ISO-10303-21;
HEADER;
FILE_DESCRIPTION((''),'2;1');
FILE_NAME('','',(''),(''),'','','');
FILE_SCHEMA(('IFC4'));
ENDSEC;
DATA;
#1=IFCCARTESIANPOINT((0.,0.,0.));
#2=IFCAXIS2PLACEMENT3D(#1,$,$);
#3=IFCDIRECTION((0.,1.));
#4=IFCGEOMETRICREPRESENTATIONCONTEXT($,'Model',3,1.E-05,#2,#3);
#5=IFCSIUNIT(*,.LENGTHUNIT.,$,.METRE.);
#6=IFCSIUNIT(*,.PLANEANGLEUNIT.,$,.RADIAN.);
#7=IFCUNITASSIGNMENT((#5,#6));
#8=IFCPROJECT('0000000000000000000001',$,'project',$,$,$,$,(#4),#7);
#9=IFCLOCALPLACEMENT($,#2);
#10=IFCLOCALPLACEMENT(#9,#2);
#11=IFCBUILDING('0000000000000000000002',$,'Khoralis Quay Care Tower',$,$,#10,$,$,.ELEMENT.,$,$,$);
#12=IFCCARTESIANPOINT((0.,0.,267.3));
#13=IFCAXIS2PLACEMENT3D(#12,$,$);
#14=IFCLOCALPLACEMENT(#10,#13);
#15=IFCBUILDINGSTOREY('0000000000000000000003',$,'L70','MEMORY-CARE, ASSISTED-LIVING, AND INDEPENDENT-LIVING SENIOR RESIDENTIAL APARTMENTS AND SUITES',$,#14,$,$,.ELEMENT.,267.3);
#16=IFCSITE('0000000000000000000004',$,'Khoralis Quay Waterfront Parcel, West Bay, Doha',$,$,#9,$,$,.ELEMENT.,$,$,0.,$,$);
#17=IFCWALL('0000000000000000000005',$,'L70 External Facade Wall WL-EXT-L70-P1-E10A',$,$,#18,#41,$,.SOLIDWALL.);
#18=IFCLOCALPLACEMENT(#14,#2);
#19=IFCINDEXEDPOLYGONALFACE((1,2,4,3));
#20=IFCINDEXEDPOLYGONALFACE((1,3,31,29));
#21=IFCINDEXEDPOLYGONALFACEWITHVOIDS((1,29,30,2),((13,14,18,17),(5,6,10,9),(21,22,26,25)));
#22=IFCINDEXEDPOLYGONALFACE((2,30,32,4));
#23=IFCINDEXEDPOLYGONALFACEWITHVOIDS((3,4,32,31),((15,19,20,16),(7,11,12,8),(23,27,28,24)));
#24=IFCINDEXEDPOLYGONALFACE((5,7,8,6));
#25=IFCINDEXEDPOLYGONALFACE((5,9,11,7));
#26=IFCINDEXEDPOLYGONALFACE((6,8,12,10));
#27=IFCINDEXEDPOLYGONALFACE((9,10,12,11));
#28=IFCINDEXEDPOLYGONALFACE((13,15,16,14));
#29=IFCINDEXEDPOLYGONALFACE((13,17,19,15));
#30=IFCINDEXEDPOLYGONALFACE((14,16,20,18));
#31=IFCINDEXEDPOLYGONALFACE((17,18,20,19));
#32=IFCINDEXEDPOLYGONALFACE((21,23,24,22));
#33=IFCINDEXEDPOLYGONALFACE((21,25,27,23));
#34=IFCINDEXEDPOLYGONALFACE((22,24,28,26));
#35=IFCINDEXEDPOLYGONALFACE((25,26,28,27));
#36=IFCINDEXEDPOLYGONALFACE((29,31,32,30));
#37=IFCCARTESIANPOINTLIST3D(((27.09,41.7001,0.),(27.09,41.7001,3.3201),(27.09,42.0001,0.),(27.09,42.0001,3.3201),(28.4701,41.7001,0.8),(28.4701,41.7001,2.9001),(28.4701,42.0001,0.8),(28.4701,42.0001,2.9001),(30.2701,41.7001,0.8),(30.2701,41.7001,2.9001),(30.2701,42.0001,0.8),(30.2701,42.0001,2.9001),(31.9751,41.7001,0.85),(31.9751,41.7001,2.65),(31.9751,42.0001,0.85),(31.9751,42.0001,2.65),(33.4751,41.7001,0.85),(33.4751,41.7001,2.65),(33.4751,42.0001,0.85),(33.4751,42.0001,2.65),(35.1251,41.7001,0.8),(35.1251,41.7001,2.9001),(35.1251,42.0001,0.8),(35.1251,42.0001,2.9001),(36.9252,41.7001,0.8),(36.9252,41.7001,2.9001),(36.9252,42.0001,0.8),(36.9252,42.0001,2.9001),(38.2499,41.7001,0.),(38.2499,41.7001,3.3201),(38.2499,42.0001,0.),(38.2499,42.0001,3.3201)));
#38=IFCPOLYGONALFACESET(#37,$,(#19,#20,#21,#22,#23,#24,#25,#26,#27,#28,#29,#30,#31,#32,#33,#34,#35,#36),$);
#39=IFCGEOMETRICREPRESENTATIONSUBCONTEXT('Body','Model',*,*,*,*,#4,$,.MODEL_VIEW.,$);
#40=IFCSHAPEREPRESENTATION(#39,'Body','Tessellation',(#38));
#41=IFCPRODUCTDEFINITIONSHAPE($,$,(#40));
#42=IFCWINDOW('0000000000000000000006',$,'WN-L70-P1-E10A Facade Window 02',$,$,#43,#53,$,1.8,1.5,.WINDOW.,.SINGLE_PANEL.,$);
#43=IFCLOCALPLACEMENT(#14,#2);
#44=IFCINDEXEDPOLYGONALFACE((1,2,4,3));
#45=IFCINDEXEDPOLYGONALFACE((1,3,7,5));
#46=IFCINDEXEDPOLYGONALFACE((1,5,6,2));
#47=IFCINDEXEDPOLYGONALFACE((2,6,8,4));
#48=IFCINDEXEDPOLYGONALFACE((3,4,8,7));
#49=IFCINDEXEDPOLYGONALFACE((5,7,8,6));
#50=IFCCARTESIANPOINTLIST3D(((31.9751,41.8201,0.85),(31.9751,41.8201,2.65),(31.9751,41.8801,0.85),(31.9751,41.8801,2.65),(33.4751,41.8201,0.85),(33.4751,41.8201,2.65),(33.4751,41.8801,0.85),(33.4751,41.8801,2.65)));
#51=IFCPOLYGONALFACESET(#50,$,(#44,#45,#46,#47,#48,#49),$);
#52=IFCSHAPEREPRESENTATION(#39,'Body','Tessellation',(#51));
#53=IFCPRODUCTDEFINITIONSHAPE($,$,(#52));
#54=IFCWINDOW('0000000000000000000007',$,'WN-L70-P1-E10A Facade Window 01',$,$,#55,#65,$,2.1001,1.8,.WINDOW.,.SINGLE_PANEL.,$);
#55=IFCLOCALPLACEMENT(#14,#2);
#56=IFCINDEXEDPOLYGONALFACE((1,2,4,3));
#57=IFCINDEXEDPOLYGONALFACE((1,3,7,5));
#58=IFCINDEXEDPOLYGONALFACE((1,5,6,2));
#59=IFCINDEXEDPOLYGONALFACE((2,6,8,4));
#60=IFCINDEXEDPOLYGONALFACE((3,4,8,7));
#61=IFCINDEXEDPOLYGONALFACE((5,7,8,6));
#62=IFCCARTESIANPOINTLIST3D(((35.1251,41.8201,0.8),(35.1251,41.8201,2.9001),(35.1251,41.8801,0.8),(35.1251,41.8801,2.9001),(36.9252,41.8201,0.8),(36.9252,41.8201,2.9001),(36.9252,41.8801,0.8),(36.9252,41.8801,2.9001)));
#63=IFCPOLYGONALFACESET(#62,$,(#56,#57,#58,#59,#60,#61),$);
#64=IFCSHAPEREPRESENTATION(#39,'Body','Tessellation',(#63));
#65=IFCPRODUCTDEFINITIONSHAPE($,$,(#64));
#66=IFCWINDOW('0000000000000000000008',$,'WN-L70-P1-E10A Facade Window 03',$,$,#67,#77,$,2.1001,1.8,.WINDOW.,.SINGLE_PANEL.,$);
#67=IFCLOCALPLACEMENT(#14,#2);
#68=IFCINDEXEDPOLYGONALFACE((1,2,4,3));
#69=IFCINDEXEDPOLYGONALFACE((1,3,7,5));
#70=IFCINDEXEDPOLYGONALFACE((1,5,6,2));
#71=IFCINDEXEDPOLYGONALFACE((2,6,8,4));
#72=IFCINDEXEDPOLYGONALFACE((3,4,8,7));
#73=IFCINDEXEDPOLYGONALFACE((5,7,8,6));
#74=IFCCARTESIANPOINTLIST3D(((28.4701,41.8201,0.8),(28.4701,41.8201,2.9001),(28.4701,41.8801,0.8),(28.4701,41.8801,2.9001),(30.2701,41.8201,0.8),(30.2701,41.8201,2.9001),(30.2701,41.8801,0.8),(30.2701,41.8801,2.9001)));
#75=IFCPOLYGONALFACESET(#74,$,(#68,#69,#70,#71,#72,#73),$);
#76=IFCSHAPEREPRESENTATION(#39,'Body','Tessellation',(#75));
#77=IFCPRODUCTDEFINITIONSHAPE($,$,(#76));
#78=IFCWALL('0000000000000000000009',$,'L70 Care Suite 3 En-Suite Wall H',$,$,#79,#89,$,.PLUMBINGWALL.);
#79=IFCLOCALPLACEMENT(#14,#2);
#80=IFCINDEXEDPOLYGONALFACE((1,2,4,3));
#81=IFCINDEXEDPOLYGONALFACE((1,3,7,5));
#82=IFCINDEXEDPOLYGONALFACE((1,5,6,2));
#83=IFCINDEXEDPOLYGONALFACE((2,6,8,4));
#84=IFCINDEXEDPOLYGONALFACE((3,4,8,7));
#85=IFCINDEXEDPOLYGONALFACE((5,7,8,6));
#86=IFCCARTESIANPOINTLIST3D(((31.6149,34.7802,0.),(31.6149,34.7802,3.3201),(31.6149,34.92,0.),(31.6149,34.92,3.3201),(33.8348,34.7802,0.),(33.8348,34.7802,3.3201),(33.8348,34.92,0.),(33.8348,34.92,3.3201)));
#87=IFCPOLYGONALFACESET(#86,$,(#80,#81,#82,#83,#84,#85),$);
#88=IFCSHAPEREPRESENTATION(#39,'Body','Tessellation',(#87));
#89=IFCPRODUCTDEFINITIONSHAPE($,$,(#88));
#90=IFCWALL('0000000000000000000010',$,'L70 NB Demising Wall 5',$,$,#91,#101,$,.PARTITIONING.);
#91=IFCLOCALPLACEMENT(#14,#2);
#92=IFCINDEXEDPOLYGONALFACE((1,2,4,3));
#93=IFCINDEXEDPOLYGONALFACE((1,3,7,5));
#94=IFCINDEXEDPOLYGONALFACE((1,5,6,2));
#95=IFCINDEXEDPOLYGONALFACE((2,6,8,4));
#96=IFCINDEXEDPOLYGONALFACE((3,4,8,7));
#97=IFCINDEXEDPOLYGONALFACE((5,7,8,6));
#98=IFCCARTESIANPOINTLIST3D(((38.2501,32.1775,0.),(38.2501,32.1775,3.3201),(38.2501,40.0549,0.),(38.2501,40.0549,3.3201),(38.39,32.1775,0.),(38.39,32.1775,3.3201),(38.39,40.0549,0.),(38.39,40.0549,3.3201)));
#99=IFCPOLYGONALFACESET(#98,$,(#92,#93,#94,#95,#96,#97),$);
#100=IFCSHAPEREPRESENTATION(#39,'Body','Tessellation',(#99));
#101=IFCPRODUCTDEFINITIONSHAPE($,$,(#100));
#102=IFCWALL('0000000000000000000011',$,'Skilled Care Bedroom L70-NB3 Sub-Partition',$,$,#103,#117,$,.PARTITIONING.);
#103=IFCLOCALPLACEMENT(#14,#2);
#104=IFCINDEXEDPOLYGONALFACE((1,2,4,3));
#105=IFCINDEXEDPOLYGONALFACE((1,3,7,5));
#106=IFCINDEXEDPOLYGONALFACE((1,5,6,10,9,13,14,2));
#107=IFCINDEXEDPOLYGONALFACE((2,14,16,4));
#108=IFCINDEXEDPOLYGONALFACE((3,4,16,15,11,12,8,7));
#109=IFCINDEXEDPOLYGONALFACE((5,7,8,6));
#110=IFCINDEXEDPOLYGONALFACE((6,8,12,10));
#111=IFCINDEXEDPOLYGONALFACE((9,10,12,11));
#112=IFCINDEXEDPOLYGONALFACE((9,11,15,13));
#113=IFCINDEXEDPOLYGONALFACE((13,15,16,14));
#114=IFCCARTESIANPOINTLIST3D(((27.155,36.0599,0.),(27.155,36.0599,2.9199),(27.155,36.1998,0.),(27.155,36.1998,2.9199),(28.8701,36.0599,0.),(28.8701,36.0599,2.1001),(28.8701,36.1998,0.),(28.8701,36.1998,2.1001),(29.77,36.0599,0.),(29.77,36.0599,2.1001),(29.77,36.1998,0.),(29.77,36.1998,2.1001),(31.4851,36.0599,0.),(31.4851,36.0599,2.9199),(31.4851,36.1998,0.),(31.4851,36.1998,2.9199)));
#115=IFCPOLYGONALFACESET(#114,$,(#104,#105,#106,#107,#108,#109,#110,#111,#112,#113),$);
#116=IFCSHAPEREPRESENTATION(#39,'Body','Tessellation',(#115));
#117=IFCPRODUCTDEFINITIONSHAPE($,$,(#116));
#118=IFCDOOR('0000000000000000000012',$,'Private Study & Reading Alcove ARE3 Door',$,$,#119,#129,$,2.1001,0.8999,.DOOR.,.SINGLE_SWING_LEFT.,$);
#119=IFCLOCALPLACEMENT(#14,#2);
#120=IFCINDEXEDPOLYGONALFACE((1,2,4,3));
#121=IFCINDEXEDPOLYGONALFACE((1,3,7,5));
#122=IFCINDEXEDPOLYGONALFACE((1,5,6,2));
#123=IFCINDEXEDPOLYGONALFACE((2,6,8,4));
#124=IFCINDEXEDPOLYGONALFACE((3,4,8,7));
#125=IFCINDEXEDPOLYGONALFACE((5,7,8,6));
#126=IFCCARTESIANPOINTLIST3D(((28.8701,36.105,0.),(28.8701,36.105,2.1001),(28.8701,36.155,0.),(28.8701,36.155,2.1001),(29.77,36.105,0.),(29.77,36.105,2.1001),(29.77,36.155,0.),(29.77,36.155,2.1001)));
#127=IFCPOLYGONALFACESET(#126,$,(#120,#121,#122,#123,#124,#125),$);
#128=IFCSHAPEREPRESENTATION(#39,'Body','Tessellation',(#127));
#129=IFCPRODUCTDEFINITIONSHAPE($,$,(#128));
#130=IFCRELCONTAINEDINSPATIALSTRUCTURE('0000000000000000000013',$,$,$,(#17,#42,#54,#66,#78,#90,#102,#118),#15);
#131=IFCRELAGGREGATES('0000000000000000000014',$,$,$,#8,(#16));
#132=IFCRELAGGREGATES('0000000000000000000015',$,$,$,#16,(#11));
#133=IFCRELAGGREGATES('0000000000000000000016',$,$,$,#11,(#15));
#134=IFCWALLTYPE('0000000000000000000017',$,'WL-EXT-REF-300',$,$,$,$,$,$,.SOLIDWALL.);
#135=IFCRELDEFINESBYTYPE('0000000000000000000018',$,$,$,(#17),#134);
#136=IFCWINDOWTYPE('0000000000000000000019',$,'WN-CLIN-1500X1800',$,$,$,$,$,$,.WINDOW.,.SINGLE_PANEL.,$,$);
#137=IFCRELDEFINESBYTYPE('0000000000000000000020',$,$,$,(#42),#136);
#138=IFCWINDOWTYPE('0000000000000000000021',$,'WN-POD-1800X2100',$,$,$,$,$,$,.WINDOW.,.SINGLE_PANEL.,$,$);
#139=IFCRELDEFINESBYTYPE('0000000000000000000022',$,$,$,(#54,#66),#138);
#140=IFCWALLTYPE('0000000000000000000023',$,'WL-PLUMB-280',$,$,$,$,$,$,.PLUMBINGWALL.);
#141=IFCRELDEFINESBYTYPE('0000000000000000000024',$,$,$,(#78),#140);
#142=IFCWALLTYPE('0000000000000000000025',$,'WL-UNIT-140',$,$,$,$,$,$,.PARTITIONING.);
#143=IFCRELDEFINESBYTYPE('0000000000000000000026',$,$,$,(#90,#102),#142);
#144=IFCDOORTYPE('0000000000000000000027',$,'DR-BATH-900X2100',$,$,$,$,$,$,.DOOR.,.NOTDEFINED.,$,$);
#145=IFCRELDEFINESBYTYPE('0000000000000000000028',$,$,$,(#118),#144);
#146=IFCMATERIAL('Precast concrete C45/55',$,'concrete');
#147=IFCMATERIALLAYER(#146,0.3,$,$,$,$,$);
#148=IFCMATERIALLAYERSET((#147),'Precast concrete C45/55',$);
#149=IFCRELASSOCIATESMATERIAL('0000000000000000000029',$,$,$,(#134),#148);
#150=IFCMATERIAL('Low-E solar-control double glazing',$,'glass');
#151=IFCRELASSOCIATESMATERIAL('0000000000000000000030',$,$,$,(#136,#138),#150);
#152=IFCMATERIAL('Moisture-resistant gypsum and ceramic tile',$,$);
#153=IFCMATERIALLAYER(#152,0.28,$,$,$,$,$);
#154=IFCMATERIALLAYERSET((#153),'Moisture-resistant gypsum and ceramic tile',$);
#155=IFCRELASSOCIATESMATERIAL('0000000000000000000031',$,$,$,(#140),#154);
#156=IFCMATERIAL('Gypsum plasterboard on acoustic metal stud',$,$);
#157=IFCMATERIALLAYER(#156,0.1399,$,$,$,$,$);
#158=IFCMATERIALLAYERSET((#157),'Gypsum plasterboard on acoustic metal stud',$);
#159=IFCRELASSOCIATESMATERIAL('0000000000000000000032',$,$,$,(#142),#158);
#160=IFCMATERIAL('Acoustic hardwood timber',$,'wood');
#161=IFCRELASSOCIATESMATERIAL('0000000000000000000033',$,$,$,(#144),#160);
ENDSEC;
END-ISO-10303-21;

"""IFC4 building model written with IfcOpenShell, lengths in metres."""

from ifc_helpers import new_model, si_unit, direction, frame, frame_2d, origin, place, context, subcontext, project, spatial, rectangle, extrude, source, transform, mapped, material, layer, layer_set, type_object, element, fill, save


model = new_model("IFC4")

# Units and contexts
model_context = context("Model", 3, precision=1e-05, world=origin(), true_north=direction((0.0, 1.0)))
body_context = subcontext(model_context, "Body", "Model", "MODEL_VIEW")
ifc_project = project(units=[si_unit("LENGTHUNIT", "METRE"), si_unit("PLANEANGLEUNIT", "RADIAN")], contexts=[model_context])

# Site, building, storey
site_placement = place(None, origin())
site = spatial("IfcSite", under=ifc_project, at=site_placement, Name="Khoralis Quay Waterfront Parcel, West Bay, Doha", CompositionType="ELEMENT", RefElevation=0.0)
building_placement = place(site_placement, origin())
building = spatial("IfcBuilding", under=site, at=building_placement, Name="Khoralis Quay Care Tower", CompositionType="ELEMENT")
storey_placement = place(building_placement, frame((0.0, 0.0, 267.3)))
storey = spatial("IfcBuildingStorey", under=building, at=storey_placement, Name="L70", Description="MEMORY-CARE, ASSISTED-LIVING, AND INDEPENDENT-LIVING SENIOR RESIDENTIAL APARTMENTS AND SUITES", CompositionType="ELEMENT", Elevation=267.3)

# Shared definitions
ifc_material_1 = material(Name="Precast concrete C45/55", Category="concrete")
ifc_layer_1 = layer(ifc_material_1, 0.3)
ifc_layer_set_1 = layer_set([ifc_layer_1], Name="Precast concrete C45/55")
wall_type_1 = type_object("IfcWallType", Name="WL-EXT-REF-300", PredefinedType="SOLIDWALL", material=ifc_layer_set_1)

# Wall, openings, windows
wall_1_placement = place(storey_placement, frame((38.25, 41.8501, 0.0), z_axis=(0.0, 0.0, 1.0), x_axis=(-1.0, 0.0, 0.0)))
wall_1 = element("IfcWall", 1, at=wall_1_placement, inside=storey, type_object=wall_type_1, Name="L70 External Facade Wall WL-EXT-L70-P1-E10A", PredefinedType="SOLIDWALL", context=body_context, shape_type="SweptSolid", body=[
    extrude(rectangle(XDim=11.1599, YDim=0.3, at=frame_2d((5.5801, 0.0))), origin(), (0.0, 0.0, 1.0), 3.3201),
])
opening_1_placement = place(wall_1_placement, frame((1.325, 0.0, 0.8)))
opening_1 = element("IfcOpeningElement", 2, at=opening_1_placement, cuts=wall_1, PredefinedType="OPENING", context=body_context, shape_type="SweptSolid", body=[
    extrude(rectangle(XDim=1.8, YDim=2.1001, at=frame_2d((0.8999, 1.05))), frame((0.0, 0.1602, 0.0), z_axis=(0.0, -1.0, 0.0), x_axis=(1.0, 0.0, 0.0)), (0.0, 0.0, 1.0), 0.3201),
])
opening_2_placement = place(wall_1_placement, frame((4.7749, 0.0, 0.8501)))
opening_2 = element("IfcOpeningElement", 3, at=opening_2_placement, cuts=wall_1, PredefinedType="OPENING", context=body_context, shape_type="SweptSolid", body=[
    extrude(rectangle(XDim=1.5, YDim=1.8, at=frame_2d((0.75, 0.8999))), frame((0.0, 0.1602, 0.0), z_axis=(0.0, -1.0, 0.0), x_axis=(1.0, 0.0, 0.0)), (0.0, 0.0, 1.0), 0.3201),
])
opening_3_placement = place(wall_1_placement, frame((7.98, 0.0, 0.8)))
opening_3 = element("IfcOpeningElement", 4, at=opening_3_placement, cuts=wall_1, PredefinedType="OPENING", context=body_context, shape_type="SweptSolid", body=[
    extrude(rectangle(XDim=1.8, YDim=2.1001, at=frame_2d((0.8999, 1.05))), frame((0.0, 0.1602, 0.0), z_axis=(0.0, -1.0, 0.0), x_axis=(1.0, 0.0, 0.0)), (0.0, 0.0, 1.0), 0.3201),
])
ifc_material_2 = material(Name="Low-E solar-control double glazing", Category="glass")
window_type_1 = type_object("IfcWindowType", Name="WN-CLIN-1500X1800", PartitioningType="SINGLE_PANEL", PredefinedType="WINDOW", material=ifc_material_2)
shared_shape_1 = source(origin(), body_context, "Body", "SweptSolid", [
    extrude(rectangle(XDim=1.5, YDim=1.8, at=frame_2d((0.75, 0.8999))), frame((0.0, 0.03, 0.0), z_axis=(0.0, -1.0, 0.0), x_axis=(1.0, 0.0, 0.0)), (0.0, 0.0, 1.0), 0.0601),
])
window_1_placement = place(opening_2_placement, origin())
window_1 = element("IfcWindow", 5, at=window_1_placement, inside=storey, type_object=window_type_1, Name="WN-L70-P1-E10A Facade Window 02", OverallHeight=1.8, OverallWidth=1.5, PartitioningType="SINGLE_PANEL", PredefinedType="WINDOW", context=body_context, shape_type="MappedRepresentation", body=[
    mapped(shared_shape_1, transform((0.0, 0.0, 0.0), scale=1.0)),
])
fill(opening_2, window_1)
window_type_2 = type_object("IfcWindowType", Name="WN-POD-1800X2100", PartitioningType="SINGLE_PANEL", PredefinedType="WINDOW", material=ifc_material_2)
shared_shape_2 = source(origin(), body_context, "Body", "SweptSolid", [
    extrude(rectangle(XDim=1.8, YDim=2.1001, at=frame_2d((0.8999, 1.05))), frame((0.0, 0.03, 0.0), z_axis=(0.0, -1.0, 0.0), x_axis=(1.0, 0.0, 0.0)), (0.0, 0.0, 1.0), 0.0601),
])
window_2_placement = place(opening_1_placement, origin())
window_2 = element("IfcWindow", 6, at=window_2_placement, inside=storey, type_object=window_type_2, Name="WN-L70-P1-E10A Facade Window 01", OverallHeight=2.1001, OverallWidth=1.8, PartitioningType="SINGLE_PANEL", PredefinedType="WINDOW", context=body_context, shape_type="MappedRepresentation", body=[
    mapped(shared_shape_2, transform((0.0, 0.0, 0.0), scale=1.0)),
])
fill(opening_1, window_2)
window_3_placement = place(opening_3_placement, origin())
window_3 = element("IfcWindow", 7, at=window_3_placement, inside=storey, type_object=window_type_2, Name="WN-L70-P1-E10A Facade Window 03", OverallHeight=2.1001, OverallWidth=1.8, PartitioningType="SINGLE_PANEL", PredefinedType="WINDOW", context=body_context, shape_type="MappedRepresentation", body=[
    mapped(shared_shape_2, transform((0.0, 0.0, 0.0), scale=1.0)),
])
fill(opening_3, window_3)

# Walls
ifc_material_3 = material(Name="Moisture-resistant gypsum and ceramic tile")
ifc_layer_2 = layer(ifc_material_3, 0.28)
ifc_layer_set_2 = layer_set([ifc_layer_2], Name="Moisture-resistant gypsum and ceramic tile")
wall_type_2 = type_object("IfcWallType", Name="WL-PLUMB-280", PredefinedType="PLUMBINGWALL", material=ifc_layer_set_2)
wall_2_placement = place(storey_placement, frame((31.615, 34.8501, 0.0), z_axis=(0.0, 0.0, 1.0), x_axis=(1.0, 0.0, 0.0)))
element("IfcWall", 8, at=wall_2_placement, inside=storey, type_object=wall_type_2, Name="L70 Care Suite 3 En-Suite Wall H", PredefinedType="PLUMBINGWALL", context=body_context, shape_type="SweptSolid", body=[
    extrude(rectangle(XDim=2.22, YDim=0.1399, at=frame_2d((1.1099, 0.0))), origin(), (0.0, 0.0, 1.0), 3.3201),
])
ifc_material_4 = material(Name="Gypsum plasterboard on acoustic metal stud")
ifc_layer_3 = layer(ifc_material_4, 0.1399)
ifc_layer_set_3 = layer_set([ifc_layer_3], Name="Gypsum plasterboard on acoustic metal stud")
wall_type_3 = type_object("IfcWallType", Name="WL-UNIT-140", PredefinedType="PARTITIONING", material=ifc_layer_set_3)
wall_3_placement = place(storey_placement, frame((38.3201, 32.1775, 0.0), z_axis=(0.0, 0.0, 1.0), x_axis=(0.0, 1.0, 0.0)))
element("IfcWall", 9, at=wall_3_placement, inside=storey, type_object=wall_type_3, Name="L70 NB Demising Wall 5", PredefinedType="PARTITIONING", context=body_context, shape_type="SweptSolid", body=[
    extrude(rectangle(XDim=7.8774, YDim=0.1399, at=frame_2d((3.9387, 0.0))), origin(), (0.0, 0.0, 1.0), 3.3201),
])

# Wall, opening, door
wall_4_placement = place(storey_placement, frame((27.155, 36.1299, 0.0), z_axis=(0.0, 0.0, 1.0), x_axis=(1.0, 0.0, 0.0)))
wall_4 = element("IfcWall", 10, at=wall_4_placement, inside=storey, type_object=wall_type_3, Name="Skilled Care Bedroom L70-NB3 Sub-Partition", PredefinedType="PARTITIONING", context=body_context, shape_type="SweptSolid", body=[
    extrude(rectangle(XDim=4.3301, YDim=0.1399, at=frame_2d((2.165, 0.0))), origin(), (0.0, 0.0, 1.0), 2.9199),
])
opening_4_placement = place(wall_4_placement, frame((1.7151, 0.0, 0.0)))
opening_4 = element("IfcOpeningElement", 11, at=opening_4_placement, cuts=wall_4, PredefinedType="OPENING", context=body_context, shape_type="SweptSolid", body=[
    extrude(rectangle(XDim=0.8999, YDim=2.1001, at=frame_2d((0.45, 1.05))), frame((0.0, 0.0801, 0.0), z_axis=(0.0, -1.0, 0.0), x_axis=(1.0, 0.0, 0.0)), (0.0, 0.0, 1.0), 0.1599),
])
ifc_material_5 = material(Name="Acoustic hardwood timber", Category="wood")
door_type = type_object("IfcDoorType", Name="DR-BATH-900X2100", OperationType="NOTDEFINED", PredefinedType="DOOR", material=ifc_material_5)
shared_shape_3 = source(origin(), body_context, "Body", "SweptSolid", [
    extrude(rectangle(XDim=0.8999, YDim=2.1001, at=frame_2d((0.45, 1.05))), frame((0.0, 0.0249, 0.0), z_axis=(0.0, -1.0, 0.0), x_axis=(1.0, 0.0, 0.0)), (0.0, 0.0, 1.0), 0.05),
])
door_placement = place(opening_4_placement, frame((0.8999, 0.0, 0.0), z_axis=(0.0, 0.0, 1.0), x_axis=(-1.0, 0.0, 0.0)))
door = element("IfcDoor", 12, at=door_placement, inside=storey, type_object=door_type, Name="Private Study & Reading Alcove ARE3 Door", OperationType="SINGLE_SWING_LEFT", OverallHeight=2.1001, OverallWidth=0.8999, PredefinedType="DOOR", context=body_context, shape_type="MappedRepresentation", body=[
    mapped(shared_shape_3, transform((0.0, 0.0, 0.0), scale=1.0)),
])
fill(opening_4, door)

save(model, "model.ifc")
